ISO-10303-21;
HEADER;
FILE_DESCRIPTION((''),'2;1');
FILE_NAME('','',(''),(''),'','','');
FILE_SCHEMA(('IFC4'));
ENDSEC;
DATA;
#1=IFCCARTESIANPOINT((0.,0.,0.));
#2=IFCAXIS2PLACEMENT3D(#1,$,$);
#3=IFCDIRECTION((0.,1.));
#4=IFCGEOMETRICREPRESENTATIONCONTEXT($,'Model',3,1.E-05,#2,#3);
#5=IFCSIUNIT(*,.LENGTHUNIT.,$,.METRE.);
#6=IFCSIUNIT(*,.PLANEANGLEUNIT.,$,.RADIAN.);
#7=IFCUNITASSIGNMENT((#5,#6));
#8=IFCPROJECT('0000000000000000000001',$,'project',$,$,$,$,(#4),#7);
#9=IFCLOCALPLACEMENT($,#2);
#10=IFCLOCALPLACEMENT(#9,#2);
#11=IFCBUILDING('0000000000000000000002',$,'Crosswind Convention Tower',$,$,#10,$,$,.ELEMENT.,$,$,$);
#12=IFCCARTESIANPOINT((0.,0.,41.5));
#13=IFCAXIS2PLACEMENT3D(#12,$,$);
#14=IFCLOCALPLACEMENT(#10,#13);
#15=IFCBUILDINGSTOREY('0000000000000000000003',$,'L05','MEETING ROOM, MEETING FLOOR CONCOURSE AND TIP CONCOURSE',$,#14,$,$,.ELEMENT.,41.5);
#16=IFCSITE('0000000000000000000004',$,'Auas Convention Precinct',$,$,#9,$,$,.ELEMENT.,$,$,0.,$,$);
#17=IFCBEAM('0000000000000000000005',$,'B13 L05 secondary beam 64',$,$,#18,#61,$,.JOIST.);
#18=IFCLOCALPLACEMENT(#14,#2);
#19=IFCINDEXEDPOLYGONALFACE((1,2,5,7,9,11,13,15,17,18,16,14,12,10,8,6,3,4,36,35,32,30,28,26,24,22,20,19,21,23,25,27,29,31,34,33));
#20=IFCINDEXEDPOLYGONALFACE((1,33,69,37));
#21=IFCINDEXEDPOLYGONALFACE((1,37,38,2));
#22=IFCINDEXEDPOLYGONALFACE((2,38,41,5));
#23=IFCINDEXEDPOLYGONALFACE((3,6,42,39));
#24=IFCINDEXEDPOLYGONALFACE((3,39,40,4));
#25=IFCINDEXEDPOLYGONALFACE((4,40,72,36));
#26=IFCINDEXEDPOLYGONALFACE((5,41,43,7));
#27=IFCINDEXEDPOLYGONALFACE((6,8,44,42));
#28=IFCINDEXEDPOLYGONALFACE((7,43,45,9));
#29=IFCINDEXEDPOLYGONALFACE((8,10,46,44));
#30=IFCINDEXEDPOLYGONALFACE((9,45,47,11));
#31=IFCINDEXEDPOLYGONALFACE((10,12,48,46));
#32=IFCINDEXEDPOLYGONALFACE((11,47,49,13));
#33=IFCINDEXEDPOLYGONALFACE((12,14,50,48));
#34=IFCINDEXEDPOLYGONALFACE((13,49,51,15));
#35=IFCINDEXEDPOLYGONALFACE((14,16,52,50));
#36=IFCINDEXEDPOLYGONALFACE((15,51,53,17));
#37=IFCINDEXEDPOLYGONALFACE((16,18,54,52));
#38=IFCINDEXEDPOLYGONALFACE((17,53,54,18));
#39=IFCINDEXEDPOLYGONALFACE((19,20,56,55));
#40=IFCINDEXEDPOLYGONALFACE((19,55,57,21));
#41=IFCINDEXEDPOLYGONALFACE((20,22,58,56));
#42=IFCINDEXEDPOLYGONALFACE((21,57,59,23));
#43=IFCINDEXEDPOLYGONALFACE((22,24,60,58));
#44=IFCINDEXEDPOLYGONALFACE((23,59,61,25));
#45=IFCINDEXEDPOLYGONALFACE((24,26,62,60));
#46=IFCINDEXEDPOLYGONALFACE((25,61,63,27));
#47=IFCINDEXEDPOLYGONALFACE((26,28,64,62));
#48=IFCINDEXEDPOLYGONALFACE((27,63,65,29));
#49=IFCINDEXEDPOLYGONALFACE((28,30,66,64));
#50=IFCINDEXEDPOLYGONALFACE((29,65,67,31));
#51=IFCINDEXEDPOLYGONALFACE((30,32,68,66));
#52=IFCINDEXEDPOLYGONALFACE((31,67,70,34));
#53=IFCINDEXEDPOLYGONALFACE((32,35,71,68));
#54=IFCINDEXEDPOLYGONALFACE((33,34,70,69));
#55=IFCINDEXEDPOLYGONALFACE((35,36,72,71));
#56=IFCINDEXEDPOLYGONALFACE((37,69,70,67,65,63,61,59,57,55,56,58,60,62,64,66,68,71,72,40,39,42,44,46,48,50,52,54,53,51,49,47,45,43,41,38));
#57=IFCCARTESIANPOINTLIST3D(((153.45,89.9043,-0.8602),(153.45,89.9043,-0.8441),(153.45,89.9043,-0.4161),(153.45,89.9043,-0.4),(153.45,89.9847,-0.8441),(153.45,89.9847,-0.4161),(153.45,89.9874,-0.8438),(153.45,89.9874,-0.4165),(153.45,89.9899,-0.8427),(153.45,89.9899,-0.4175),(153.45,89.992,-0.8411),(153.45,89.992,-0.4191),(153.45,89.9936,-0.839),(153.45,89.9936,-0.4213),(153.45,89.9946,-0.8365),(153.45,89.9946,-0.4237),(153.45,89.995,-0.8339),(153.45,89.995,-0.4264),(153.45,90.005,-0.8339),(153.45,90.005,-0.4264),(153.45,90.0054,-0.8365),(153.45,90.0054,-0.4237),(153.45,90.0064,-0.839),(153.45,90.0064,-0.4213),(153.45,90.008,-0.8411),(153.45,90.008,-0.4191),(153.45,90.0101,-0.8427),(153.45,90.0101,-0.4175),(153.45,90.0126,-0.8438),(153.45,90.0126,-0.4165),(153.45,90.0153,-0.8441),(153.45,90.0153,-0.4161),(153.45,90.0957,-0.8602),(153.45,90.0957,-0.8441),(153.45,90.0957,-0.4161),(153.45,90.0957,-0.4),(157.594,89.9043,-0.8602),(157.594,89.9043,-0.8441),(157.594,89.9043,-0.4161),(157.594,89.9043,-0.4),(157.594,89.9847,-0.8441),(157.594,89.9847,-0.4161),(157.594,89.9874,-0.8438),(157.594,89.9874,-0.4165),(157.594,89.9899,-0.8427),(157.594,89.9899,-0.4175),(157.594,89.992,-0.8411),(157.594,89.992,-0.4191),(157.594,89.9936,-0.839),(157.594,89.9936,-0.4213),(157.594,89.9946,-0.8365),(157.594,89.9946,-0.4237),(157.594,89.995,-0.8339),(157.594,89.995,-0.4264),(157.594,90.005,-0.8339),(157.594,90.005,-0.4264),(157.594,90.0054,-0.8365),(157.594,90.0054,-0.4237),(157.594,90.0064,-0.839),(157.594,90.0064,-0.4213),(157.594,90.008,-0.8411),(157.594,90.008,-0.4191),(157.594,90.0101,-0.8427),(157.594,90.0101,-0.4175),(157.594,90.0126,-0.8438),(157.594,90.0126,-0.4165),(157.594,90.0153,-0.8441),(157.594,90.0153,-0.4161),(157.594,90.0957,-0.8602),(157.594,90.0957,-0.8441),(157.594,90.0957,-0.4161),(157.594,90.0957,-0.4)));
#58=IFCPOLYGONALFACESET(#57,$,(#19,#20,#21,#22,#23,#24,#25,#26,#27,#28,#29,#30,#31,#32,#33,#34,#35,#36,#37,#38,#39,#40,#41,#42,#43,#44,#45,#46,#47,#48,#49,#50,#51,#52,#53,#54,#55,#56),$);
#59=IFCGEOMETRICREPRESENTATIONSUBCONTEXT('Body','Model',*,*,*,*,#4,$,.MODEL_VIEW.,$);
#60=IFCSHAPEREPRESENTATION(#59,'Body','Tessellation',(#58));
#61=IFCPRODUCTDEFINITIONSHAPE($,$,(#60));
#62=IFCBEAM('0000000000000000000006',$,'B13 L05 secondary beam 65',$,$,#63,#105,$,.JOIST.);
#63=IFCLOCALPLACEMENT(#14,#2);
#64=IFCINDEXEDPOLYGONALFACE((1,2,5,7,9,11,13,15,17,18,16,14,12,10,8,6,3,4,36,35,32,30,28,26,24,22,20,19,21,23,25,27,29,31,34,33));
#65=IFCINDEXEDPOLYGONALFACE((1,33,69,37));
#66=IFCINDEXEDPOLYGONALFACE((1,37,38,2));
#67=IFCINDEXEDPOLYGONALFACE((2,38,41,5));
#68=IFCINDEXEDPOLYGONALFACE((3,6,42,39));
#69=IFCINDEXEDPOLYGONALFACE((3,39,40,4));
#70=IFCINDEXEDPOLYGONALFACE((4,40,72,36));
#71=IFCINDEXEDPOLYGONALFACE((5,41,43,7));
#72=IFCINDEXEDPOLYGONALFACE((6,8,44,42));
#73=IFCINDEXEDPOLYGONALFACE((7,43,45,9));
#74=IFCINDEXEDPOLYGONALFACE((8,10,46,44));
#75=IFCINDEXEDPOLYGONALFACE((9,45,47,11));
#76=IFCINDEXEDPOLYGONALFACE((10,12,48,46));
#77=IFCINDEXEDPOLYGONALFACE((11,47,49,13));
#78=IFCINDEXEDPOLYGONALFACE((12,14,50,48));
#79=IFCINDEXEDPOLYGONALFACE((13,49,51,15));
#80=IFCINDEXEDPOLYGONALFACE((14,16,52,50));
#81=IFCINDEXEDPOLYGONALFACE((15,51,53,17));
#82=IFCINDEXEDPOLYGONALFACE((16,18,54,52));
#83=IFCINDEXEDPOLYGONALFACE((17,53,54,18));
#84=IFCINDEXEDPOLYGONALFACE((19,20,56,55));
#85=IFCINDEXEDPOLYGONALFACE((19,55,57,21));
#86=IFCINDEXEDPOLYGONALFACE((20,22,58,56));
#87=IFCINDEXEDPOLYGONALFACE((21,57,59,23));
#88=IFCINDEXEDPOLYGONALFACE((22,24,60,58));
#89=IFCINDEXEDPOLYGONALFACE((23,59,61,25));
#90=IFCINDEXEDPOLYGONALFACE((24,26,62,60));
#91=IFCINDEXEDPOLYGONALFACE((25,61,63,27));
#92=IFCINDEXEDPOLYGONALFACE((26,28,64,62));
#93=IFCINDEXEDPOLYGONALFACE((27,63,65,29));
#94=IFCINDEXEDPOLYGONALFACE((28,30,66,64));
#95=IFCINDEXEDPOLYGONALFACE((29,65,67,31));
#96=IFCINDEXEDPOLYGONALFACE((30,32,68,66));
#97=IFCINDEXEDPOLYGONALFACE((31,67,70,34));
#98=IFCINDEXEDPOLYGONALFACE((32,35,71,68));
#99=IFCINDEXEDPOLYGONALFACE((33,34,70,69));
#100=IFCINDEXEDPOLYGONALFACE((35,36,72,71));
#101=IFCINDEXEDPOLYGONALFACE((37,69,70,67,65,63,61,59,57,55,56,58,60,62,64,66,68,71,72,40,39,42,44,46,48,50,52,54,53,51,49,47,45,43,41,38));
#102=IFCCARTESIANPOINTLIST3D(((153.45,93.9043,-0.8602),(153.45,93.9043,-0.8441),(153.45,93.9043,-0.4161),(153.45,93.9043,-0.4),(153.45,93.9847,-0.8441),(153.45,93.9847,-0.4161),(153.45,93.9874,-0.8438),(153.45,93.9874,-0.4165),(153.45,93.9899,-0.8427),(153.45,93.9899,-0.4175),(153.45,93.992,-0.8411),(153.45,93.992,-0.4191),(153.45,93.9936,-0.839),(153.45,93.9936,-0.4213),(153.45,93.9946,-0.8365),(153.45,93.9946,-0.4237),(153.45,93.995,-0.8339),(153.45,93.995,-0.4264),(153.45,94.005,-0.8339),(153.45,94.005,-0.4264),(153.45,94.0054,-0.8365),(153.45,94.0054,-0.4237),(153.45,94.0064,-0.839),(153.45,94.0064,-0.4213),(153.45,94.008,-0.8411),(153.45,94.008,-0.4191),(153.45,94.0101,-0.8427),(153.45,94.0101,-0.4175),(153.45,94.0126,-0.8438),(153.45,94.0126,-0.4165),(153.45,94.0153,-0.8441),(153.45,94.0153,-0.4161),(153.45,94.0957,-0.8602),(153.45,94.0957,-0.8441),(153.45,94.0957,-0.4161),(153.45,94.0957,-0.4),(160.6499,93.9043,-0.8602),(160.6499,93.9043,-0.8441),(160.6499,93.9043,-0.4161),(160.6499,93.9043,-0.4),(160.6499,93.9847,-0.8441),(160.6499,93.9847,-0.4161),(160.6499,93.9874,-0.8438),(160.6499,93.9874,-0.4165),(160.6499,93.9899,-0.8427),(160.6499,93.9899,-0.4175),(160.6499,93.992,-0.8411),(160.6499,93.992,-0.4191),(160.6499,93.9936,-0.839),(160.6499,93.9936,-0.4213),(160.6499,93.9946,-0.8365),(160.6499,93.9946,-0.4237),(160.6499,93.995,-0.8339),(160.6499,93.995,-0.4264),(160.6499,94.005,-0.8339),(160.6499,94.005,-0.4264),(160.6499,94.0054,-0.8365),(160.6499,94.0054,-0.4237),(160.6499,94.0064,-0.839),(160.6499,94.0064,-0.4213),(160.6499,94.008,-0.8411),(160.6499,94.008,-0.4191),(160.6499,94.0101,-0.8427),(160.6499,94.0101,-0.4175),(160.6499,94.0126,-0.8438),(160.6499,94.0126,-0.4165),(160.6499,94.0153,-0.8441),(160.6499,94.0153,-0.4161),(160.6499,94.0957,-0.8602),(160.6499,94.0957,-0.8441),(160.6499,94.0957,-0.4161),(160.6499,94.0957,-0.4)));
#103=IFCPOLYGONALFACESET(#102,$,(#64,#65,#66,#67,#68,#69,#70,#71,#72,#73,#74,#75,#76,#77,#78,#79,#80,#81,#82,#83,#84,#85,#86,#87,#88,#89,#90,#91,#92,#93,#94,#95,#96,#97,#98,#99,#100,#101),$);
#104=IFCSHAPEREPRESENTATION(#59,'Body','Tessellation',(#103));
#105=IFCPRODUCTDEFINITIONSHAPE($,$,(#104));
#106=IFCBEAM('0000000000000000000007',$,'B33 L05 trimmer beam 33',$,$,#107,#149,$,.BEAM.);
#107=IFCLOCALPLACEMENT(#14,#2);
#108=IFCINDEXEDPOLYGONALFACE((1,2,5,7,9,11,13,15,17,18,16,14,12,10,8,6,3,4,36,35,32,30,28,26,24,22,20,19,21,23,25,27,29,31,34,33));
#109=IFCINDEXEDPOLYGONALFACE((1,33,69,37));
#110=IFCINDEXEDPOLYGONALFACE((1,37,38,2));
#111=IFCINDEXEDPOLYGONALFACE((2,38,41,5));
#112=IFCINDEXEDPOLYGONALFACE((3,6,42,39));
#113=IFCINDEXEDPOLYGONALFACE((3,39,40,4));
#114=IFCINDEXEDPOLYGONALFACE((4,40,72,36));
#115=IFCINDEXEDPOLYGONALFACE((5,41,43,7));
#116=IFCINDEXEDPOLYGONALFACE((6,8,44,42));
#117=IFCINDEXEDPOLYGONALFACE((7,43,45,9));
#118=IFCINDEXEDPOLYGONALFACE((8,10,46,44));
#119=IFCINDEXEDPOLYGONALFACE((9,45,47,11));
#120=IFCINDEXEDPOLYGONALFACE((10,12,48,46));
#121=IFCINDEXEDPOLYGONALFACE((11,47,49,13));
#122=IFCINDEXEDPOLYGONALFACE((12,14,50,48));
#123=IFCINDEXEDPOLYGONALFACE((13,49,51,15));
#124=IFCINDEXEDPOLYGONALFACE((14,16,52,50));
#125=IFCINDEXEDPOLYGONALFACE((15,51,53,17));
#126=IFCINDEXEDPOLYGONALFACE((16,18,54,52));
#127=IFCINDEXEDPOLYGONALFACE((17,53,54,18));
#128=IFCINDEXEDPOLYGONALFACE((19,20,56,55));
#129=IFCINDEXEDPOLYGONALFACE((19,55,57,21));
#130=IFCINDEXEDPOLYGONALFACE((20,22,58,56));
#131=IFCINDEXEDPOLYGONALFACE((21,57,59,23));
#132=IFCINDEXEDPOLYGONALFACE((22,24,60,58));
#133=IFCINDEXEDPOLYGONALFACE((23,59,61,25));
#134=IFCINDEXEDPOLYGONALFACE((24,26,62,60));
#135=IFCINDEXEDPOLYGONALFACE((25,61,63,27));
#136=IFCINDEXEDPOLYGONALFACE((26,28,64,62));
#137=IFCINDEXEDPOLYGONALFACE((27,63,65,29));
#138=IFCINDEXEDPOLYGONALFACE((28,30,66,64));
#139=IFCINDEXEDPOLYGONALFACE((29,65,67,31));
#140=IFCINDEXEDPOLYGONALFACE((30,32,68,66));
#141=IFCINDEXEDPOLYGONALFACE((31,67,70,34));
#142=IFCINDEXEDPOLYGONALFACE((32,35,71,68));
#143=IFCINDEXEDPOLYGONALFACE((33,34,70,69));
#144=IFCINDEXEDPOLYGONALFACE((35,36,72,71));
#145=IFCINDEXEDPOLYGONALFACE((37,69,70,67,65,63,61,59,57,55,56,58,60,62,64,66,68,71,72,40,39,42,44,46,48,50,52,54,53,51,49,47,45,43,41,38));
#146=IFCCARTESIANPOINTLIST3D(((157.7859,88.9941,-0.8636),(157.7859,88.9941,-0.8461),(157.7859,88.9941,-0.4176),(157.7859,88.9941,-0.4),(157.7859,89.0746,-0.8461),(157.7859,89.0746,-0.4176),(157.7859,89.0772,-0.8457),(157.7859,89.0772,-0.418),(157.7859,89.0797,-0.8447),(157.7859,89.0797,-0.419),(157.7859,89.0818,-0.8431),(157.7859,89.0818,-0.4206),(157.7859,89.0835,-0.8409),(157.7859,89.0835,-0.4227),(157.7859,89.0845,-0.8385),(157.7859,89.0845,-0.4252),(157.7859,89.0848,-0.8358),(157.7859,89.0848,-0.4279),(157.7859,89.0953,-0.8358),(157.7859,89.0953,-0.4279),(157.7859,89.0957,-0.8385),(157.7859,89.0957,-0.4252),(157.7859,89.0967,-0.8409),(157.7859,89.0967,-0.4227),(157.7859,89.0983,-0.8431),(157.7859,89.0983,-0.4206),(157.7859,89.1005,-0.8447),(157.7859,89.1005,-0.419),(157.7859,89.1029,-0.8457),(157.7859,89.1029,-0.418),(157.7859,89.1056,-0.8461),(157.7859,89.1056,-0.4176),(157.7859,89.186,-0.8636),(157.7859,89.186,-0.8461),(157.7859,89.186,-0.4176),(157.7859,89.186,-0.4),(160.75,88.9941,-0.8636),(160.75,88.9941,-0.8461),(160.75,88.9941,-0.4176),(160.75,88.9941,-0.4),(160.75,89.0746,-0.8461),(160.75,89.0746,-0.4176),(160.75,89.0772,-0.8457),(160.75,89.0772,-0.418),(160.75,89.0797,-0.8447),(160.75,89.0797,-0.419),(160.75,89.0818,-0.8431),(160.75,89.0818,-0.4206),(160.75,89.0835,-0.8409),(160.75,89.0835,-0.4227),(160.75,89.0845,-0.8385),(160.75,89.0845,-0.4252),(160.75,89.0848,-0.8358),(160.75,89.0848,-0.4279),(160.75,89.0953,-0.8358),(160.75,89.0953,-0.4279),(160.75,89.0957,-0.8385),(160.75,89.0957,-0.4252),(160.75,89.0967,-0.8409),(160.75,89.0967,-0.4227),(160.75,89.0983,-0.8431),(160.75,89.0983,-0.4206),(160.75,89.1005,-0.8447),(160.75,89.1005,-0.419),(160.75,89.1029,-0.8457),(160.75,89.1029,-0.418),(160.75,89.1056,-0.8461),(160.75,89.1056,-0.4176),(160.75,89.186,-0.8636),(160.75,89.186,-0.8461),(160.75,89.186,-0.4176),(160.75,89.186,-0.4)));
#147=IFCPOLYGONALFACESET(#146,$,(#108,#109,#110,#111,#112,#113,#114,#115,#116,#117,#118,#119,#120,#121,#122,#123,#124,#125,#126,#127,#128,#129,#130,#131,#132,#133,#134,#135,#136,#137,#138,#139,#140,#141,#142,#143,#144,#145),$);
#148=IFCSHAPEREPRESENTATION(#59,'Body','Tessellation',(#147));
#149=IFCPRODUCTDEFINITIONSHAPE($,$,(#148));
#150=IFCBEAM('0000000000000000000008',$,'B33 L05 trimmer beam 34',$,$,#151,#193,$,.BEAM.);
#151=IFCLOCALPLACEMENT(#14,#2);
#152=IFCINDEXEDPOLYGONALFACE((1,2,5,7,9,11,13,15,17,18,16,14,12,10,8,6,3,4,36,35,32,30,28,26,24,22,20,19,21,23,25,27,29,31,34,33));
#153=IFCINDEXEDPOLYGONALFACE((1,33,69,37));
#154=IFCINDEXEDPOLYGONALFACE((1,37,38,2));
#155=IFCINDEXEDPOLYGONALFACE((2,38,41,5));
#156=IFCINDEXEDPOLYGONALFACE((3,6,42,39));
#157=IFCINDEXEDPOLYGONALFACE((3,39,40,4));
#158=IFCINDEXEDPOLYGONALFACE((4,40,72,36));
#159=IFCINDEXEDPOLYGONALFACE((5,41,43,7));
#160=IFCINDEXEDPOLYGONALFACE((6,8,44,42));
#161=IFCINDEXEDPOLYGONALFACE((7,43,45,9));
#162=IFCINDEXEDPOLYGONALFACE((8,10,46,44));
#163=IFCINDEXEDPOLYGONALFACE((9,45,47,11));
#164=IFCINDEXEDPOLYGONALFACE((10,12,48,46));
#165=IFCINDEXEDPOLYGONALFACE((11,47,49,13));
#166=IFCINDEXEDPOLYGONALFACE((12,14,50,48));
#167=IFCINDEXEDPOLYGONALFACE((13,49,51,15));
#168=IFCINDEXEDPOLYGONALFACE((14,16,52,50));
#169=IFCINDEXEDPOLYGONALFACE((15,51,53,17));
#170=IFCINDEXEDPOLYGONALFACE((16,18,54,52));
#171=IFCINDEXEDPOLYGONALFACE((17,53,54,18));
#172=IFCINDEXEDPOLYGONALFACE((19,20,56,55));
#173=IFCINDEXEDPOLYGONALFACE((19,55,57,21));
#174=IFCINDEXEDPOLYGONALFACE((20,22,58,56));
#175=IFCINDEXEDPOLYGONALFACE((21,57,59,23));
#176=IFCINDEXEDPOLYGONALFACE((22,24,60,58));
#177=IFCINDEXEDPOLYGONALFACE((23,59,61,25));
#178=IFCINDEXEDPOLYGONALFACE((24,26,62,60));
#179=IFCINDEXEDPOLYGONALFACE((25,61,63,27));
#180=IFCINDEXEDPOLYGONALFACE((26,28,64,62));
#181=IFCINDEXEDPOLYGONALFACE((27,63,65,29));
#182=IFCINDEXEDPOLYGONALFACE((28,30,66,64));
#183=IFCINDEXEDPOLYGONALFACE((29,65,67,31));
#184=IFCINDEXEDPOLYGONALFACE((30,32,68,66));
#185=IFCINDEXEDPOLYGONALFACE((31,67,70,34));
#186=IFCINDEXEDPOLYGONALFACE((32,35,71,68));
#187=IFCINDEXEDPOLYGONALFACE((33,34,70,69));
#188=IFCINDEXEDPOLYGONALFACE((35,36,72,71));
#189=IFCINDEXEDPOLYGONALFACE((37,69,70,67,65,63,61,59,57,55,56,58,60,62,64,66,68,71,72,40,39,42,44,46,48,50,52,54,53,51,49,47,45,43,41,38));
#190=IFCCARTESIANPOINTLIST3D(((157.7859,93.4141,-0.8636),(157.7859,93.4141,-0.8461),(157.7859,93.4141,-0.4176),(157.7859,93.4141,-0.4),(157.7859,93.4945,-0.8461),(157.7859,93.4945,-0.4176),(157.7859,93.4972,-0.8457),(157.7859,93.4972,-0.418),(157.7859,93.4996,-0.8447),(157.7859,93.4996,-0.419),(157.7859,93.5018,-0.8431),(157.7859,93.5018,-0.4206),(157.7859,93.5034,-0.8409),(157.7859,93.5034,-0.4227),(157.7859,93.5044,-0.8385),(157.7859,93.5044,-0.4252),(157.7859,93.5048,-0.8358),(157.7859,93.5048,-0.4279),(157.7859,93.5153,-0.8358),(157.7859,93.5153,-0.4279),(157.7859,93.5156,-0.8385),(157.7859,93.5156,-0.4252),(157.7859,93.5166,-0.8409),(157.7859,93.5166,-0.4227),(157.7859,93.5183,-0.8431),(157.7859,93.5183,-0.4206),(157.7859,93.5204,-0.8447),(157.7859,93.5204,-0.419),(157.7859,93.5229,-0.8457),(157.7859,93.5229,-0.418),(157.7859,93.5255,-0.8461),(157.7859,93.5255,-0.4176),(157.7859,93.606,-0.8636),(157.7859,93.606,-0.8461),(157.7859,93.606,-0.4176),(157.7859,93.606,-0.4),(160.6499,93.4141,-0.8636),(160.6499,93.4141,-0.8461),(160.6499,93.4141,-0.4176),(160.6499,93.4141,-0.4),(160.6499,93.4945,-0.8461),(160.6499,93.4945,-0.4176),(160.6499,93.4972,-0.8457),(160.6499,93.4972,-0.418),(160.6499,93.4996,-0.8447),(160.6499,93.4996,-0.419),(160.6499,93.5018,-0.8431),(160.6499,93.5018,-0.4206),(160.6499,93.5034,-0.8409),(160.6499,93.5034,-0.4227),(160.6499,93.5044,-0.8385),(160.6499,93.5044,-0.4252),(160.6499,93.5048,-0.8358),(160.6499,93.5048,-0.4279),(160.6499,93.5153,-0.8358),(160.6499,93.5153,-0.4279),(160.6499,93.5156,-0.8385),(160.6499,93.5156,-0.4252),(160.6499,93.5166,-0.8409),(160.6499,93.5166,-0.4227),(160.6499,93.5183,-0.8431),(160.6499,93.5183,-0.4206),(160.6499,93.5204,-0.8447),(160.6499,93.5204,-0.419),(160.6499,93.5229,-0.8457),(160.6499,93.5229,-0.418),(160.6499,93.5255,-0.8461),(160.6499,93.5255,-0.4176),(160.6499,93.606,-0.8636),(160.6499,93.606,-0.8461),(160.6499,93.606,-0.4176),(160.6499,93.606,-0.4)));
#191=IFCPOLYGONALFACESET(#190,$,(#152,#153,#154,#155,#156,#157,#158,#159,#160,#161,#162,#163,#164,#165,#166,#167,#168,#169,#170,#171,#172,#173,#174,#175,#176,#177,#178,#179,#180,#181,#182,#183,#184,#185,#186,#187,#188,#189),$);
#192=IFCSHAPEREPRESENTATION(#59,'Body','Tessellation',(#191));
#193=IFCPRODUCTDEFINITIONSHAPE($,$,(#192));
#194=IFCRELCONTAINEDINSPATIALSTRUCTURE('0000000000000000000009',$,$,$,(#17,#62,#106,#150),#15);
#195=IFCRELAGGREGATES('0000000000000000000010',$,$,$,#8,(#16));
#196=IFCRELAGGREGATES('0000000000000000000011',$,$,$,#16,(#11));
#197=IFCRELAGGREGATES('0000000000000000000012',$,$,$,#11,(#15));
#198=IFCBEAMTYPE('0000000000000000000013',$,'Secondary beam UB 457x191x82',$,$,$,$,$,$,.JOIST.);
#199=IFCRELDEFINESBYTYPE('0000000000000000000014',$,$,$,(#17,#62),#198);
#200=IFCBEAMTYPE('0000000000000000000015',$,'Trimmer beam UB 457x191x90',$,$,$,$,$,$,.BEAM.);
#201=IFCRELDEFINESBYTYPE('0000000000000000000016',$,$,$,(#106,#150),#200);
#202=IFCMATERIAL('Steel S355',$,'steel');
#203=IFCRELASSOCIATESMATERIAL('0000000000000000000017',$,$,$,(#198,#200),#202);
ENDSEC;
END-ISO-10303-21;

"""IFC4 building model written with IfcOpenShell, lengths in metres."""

from ifc_helpers import new_model, si_unit, direction, frame, origin, origin_2d, place, context, subcontext, project, spatial, i_section, extrude, material, material_profile, profile_set, type_object, element, save


model = new_model("IFC4")

# Units and contexts
model_context = context("Model", 3, precision=1e-05, world=origin(), true_north=direction((0.0, 1.0)))
body_context = subcontext(model_context, "Body", "Model", "MODEL_VIEW")
ifc_project = project(units=[si_unit("LENGTHUNIT", "METRE"), si_unit("PLANEANGLEUNIT", "RADIAN")], contexts=[model_context])

# Site, building, storey
site_placement = place(None, origin())
site = spatial("IfcSite", under=ifc_project, at=site_placement, Name="Auas Convention Precinct", CompositionType="ELEMENT", RefElevation=0.0)
building_placement = place(site_placement, origin())
building = spatial("IfcBuilding", under=site, at=building_placement, Name="Crosswind Convention Tower", CompositionType="ELEMENT")
storey_placement = place(building_placement, frame((0.0, 0.0, 41.5)))
storey = spatial("IfcBuildingStorey", under=building, at=storey_placement, Name="L05", Description="MEETING ROOM, MEETING FLOOR CONCOURSE AND TIP CONCOURSE", CompositionType="ELEMENT", Elevation=41.5)

# Beams
ifc_material_1 = material(Name="Steel S355", Category="steel")
ifc_material_profile_1 = material_profile(ifc_material_1, i_section(OverallWidth=0.1914, OverallDepth=0.4602, WebThickness=0.01, FlangeThickness=0.0161, FilletRadius=0.0103, at=origin_2d()), Name="UB 457x191x82")
ifc_profile_set_1 = profile_set([ifc_material_profile_1], Name="Steel S355")
beam_type_1 = type_object("IfcBeamType", Name="Secondary beam UB 457x191x82", PredefinedType="JOIST", material=ifc_profile_set_1)
beam_1_placement = place(storey_placement, frame((153.45, 90.0, -0.6301), z_axis=(1.0, 0.0, 0.0), x_axis=(0.0, 1.0, 0.0)))
element("IfcBeam", 1, at=beam_1_placement, inside=storey, type_object=beam_type_1, Name="B13 L05 secondary beam 64", PredefinedType="JOIST", context=body_context, shape_type="SweptSolid", body=[
    extrude(i_section(OverallWidth=0.1914, OverallDepth=0.4602, WebThickness=0.01, FlangeThickness=0.0161, FilletRadius=0.0103, at=origin_2d()), origin(), (0.0, 0.0, 1.0), 4.144),
])
beam_2_placement = place(storey_placement, frame((153.45, 94.0, -0.6301), z_axis=(1.0, 0.0, 0.0), x_axis=(0.0, 1.0, 0.0)))
element("IfcBeam", 2, at=beam_2_placement, inside=storey, type_object=beam_type_1, Name="B13 L05 secondary beam 65", PredefinedType="JOIST", context=body_context, shape_type="SweptSolid", body=[
    extrude(i_section(OverallWidth=0.1914, OverallDepth=0.4602, WebThickness=0.01, FlangeThickness=0.0161, FilletRadius=0.0103, at=origin_2d()), origin(), (0.0, 0.0, 1.0), 7.2),
])
ifc_material_profile_2 = material_profile(ifc_material_1, i_section(OverallWidth=0.1919, OverallDepth=0.4636, WebThickness=0.0105, FlangeThickness=0.0176, FilletRadius=0.0103, at=origin_2d()), Name="UB 457x191x90")
ifc_profile_set_2 = profile_set([ifc_material_profile_2], Name="Steel S355")
beam_type_2 = type_object("IfcBeamType", Name="Trimmer beam UB 457x191x90", PredefinedType="BEAM", material=ifc_profile_set_2)
beam_3_placement = place(storey_placement, frame((157.7859, 89.0901, -0.6318), z_axis=(1.0, 0.0, 0.0), x_axis=(0.0, 1.0, 0.0)))
element("IfcBeam", 3, at=beam_3_placement, inside=storey, type_object=beam_type_2, Name="B33 L05 trimmer beam 33", PredefinedType="BEAM", context=body_context, shape_type="SweptSolid", body=[
    extrude(i_section(OverallWidth=0.1919, OverallDepth=0.4636, WebThickness=0.0105, FlangeThickness=0.0176, FilletRadius=0.0103, at=origin_2d()), origin(), (0.0, 0.0, 1.0), 2.9641),
])
beam_4_placement = place(storey_placement, frame((157.7859, 93.51, -0.6318), z_axis=(1.0, 0.0, 0.0), x_axis=(0.0, 1.0, 0.0)))
element("IfcBeam", 4, at=beam_4_placement, inside=storey, type_object=beam_type_2, Name="B33 L05 trimmer beam 34", PredefinedType="BEAM", context=body_context, shape_type="SweptSolid", body=[
    extrude(i_section(OverallWidth=0.1919, OverallDepth=0.4636, WebThickness=0.0105, FlangeThickness=0.0176, FilletRadius=0.0103, at=origin_2d()), origin(), (0.0, 0.0, 1.0), 2.864),
])

save(model, "model.ifc")
